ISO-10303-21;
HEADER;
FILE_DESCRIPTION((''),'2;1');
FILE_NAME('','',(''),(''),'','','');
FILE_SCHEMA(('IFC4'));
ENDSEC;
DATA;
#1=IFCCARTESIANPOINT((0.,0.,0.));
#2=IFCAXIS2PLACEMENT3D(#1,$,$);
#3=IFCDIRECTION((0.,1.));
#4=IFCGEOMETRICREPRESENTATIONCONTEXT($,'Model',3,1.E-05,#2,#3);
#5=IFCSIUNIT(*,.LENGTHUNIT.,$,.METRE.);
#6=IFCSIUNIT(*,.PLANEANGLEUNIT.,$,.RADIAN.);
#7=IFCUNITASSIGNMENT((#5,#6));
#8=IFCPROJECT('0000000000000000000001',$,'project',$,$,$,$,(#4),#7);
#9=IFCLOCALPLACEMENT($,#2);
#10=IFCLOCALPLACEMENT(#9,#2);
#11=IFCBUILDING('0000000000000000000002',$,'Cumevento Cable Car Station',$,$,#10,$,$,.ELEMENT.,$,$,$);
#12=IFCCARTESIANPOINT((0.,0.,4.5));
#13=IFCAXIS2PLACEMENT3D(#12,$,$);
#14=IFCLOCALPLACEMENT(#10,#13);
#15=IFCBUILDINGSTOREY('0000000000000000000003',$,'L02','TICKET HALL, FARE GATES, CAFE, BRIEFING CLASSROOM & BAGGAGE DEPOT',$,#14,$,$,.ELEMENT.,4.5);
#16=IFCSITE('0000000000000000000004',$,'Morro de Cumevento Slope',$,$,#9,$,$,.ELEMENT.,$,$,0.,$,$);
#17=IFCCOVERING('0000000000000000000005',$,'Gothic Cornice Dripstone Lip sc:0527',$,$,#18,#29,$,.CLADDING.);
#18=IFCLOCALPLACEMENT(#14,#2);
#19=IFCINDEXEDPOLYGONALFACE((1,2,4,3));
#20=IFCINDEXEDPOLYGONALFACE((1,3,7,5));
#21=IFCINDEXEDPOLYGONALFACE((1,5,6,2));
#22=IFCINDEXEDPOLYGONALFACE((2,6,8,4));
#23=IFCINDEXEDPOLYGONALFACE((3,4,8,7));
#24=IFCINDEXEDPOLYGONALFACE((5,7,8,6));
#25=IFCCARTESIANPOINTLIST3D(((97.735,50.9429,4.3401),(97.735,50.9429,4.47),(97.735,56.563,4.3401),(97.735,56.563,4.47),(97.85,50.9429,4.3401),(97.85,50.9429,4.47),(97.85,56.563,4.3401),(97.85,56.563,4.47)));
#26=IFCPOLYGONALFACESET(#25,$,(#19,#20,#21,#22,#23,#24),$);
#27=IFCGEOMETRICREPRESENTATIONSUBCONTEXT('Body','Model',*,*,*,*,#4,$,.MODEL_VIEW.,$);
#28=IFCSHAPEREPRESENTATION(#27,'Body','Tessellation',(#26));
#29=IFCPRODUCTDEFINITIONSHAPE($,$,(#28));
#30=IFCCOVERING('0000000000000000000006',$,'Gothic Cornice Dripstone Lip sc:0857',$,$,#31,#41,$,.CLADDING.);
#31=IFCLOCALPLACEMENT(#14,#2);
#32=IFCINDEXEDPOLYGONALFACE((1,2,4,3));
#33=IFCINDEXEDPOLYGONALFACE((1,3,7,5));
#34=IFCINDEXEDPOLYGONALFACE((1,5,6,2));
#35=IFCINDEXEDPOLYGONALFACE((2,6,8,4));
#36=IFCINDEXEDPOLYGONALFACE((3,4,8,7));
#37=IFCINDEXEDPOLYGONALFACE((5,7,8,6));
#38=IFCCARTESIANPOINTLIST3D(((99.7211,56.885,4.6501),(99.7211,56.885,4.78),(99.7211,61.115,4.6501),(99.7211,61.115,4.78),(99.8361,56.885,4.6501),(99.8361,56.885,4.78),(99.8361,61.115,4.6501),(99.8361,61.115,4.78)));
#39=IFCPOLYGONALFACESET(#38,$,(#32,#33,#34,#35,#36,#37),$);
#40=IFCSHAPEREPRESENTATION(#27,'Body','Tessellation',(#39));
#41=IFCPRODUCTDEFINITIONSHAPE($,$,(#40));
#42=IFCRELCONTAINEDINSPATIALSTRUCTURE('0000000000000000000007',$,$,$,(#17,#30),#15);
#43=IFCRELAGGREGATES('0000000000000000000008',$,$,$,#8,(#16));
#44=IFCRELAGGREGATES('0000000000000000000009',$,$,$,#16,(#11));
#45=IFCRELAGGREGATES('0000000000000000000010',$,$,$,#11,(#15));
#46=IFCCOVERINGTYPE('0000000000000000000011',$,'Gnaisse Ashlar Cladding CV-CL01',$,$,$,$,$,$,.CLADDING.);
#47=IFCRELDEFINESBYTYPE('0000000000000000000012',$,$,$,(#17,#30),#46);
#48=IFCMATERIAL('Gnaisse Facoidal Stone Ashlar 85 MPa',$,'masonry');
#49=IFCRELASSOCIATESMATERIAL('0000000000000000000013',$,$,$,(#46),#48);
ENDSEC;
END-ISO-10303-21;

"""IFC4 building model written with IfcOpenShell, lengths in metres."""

from ifc_helpers import new_model, si_unit, direction, frame, origin, origin_2d, place, context, subcontext, project, spatial, rectangle, extrude, material, type_object, element, save


model = new_model("IFC4")

# Units and contexts
model_context = context("Model", 3, precision=1e-05, world=origin(), true_north=direction((0.0, 1.0)))
body_context = subcontext(model_context, "Body", "Model", "MODEL_VIEW")
ifc_project = project(units=[si_unit("LENGTHUNIT", "METRE"), si_unit("PLANEANGLEUNIT", "RADIAN")], contexts=[model_context])

# Site, building, storey
site_placement = place(None, origin())
site = spatial("IfcSite", under=ifc_project, at=site_placement, Name="Morro de Cumevento Slope", CompositionType="ELEMENT", RefElevation=0.0)
building_placement = place(site_placement, origin())
building = spatial("IfcBuilding", under=site, at=building_placement, Name="Cumevento Cable Car Station", CompositionType="ELEMENT")
storey_placement = place(building_placement, frame((0.0, 0.0, 4.5)))
storey = spatial("IfcBuildingStorey", under=building, at=storey_placement, Name="L02", Description="TICKET HALL, FARE GATES, CAFE, BRIEFING CLASSROOM & BAGGAGE DEPOT", CompositionType="ELEMENT", Elevation=4.5)

# Coverings
ifc_material_1 = material(Name="Gnaisse Facoidal Stone Ashlar 85 MPa", Category="masonry")
covering_type = type_object("IfcCoveringType", Name="Gnaisse Ashlar Cladding CV-CL01", PredefinedType="CLADDING", material=ifc_material_1)
covering_1_placement = place(storey_placement, frame((97.7925, 53.7529, 4.3401), z_axis=(0.0, 0.0, 1.0), x_axis=(0.0, 1.0, 0.0)))
element("IfcCovering", 1, at=covering_1_placement, inside=storey, type_object=covering_type, Name="Gothic Cornice Dripstone Lip sc:0527", PredefinedType="CLADDING", context=body_context, shape_type="SweptSolid", body=[
    extrude(rectangle(XDim=5.6201, YDim=0.115, at=origin_2d()), origin(), (0.0, 0.0, 1.0), 0.1299),
])
covering_2_placement = place(storey_placement, frame((99.7786, 59.0, 4.6501), z_axis=(0.0, 0.0, 1.0), x_axis=(0.0, 1.0, 0.0)))
element("IfcCovering", 2, at=covering_2_placement, inside=storey, type_object=covering_type, Name="Gothic Cornice Dripstone Lip sc:0857", PredefinedType="CLADDING", context=body_context, shape_type="SweptSolid", body=[
    extrude(rectangle(XDim=4.23, YDim=0.115, at=origin_2d()), origin(), (0.0, 0.0, 1.0), 0.1299),
])

save(model, "model.ifc")
